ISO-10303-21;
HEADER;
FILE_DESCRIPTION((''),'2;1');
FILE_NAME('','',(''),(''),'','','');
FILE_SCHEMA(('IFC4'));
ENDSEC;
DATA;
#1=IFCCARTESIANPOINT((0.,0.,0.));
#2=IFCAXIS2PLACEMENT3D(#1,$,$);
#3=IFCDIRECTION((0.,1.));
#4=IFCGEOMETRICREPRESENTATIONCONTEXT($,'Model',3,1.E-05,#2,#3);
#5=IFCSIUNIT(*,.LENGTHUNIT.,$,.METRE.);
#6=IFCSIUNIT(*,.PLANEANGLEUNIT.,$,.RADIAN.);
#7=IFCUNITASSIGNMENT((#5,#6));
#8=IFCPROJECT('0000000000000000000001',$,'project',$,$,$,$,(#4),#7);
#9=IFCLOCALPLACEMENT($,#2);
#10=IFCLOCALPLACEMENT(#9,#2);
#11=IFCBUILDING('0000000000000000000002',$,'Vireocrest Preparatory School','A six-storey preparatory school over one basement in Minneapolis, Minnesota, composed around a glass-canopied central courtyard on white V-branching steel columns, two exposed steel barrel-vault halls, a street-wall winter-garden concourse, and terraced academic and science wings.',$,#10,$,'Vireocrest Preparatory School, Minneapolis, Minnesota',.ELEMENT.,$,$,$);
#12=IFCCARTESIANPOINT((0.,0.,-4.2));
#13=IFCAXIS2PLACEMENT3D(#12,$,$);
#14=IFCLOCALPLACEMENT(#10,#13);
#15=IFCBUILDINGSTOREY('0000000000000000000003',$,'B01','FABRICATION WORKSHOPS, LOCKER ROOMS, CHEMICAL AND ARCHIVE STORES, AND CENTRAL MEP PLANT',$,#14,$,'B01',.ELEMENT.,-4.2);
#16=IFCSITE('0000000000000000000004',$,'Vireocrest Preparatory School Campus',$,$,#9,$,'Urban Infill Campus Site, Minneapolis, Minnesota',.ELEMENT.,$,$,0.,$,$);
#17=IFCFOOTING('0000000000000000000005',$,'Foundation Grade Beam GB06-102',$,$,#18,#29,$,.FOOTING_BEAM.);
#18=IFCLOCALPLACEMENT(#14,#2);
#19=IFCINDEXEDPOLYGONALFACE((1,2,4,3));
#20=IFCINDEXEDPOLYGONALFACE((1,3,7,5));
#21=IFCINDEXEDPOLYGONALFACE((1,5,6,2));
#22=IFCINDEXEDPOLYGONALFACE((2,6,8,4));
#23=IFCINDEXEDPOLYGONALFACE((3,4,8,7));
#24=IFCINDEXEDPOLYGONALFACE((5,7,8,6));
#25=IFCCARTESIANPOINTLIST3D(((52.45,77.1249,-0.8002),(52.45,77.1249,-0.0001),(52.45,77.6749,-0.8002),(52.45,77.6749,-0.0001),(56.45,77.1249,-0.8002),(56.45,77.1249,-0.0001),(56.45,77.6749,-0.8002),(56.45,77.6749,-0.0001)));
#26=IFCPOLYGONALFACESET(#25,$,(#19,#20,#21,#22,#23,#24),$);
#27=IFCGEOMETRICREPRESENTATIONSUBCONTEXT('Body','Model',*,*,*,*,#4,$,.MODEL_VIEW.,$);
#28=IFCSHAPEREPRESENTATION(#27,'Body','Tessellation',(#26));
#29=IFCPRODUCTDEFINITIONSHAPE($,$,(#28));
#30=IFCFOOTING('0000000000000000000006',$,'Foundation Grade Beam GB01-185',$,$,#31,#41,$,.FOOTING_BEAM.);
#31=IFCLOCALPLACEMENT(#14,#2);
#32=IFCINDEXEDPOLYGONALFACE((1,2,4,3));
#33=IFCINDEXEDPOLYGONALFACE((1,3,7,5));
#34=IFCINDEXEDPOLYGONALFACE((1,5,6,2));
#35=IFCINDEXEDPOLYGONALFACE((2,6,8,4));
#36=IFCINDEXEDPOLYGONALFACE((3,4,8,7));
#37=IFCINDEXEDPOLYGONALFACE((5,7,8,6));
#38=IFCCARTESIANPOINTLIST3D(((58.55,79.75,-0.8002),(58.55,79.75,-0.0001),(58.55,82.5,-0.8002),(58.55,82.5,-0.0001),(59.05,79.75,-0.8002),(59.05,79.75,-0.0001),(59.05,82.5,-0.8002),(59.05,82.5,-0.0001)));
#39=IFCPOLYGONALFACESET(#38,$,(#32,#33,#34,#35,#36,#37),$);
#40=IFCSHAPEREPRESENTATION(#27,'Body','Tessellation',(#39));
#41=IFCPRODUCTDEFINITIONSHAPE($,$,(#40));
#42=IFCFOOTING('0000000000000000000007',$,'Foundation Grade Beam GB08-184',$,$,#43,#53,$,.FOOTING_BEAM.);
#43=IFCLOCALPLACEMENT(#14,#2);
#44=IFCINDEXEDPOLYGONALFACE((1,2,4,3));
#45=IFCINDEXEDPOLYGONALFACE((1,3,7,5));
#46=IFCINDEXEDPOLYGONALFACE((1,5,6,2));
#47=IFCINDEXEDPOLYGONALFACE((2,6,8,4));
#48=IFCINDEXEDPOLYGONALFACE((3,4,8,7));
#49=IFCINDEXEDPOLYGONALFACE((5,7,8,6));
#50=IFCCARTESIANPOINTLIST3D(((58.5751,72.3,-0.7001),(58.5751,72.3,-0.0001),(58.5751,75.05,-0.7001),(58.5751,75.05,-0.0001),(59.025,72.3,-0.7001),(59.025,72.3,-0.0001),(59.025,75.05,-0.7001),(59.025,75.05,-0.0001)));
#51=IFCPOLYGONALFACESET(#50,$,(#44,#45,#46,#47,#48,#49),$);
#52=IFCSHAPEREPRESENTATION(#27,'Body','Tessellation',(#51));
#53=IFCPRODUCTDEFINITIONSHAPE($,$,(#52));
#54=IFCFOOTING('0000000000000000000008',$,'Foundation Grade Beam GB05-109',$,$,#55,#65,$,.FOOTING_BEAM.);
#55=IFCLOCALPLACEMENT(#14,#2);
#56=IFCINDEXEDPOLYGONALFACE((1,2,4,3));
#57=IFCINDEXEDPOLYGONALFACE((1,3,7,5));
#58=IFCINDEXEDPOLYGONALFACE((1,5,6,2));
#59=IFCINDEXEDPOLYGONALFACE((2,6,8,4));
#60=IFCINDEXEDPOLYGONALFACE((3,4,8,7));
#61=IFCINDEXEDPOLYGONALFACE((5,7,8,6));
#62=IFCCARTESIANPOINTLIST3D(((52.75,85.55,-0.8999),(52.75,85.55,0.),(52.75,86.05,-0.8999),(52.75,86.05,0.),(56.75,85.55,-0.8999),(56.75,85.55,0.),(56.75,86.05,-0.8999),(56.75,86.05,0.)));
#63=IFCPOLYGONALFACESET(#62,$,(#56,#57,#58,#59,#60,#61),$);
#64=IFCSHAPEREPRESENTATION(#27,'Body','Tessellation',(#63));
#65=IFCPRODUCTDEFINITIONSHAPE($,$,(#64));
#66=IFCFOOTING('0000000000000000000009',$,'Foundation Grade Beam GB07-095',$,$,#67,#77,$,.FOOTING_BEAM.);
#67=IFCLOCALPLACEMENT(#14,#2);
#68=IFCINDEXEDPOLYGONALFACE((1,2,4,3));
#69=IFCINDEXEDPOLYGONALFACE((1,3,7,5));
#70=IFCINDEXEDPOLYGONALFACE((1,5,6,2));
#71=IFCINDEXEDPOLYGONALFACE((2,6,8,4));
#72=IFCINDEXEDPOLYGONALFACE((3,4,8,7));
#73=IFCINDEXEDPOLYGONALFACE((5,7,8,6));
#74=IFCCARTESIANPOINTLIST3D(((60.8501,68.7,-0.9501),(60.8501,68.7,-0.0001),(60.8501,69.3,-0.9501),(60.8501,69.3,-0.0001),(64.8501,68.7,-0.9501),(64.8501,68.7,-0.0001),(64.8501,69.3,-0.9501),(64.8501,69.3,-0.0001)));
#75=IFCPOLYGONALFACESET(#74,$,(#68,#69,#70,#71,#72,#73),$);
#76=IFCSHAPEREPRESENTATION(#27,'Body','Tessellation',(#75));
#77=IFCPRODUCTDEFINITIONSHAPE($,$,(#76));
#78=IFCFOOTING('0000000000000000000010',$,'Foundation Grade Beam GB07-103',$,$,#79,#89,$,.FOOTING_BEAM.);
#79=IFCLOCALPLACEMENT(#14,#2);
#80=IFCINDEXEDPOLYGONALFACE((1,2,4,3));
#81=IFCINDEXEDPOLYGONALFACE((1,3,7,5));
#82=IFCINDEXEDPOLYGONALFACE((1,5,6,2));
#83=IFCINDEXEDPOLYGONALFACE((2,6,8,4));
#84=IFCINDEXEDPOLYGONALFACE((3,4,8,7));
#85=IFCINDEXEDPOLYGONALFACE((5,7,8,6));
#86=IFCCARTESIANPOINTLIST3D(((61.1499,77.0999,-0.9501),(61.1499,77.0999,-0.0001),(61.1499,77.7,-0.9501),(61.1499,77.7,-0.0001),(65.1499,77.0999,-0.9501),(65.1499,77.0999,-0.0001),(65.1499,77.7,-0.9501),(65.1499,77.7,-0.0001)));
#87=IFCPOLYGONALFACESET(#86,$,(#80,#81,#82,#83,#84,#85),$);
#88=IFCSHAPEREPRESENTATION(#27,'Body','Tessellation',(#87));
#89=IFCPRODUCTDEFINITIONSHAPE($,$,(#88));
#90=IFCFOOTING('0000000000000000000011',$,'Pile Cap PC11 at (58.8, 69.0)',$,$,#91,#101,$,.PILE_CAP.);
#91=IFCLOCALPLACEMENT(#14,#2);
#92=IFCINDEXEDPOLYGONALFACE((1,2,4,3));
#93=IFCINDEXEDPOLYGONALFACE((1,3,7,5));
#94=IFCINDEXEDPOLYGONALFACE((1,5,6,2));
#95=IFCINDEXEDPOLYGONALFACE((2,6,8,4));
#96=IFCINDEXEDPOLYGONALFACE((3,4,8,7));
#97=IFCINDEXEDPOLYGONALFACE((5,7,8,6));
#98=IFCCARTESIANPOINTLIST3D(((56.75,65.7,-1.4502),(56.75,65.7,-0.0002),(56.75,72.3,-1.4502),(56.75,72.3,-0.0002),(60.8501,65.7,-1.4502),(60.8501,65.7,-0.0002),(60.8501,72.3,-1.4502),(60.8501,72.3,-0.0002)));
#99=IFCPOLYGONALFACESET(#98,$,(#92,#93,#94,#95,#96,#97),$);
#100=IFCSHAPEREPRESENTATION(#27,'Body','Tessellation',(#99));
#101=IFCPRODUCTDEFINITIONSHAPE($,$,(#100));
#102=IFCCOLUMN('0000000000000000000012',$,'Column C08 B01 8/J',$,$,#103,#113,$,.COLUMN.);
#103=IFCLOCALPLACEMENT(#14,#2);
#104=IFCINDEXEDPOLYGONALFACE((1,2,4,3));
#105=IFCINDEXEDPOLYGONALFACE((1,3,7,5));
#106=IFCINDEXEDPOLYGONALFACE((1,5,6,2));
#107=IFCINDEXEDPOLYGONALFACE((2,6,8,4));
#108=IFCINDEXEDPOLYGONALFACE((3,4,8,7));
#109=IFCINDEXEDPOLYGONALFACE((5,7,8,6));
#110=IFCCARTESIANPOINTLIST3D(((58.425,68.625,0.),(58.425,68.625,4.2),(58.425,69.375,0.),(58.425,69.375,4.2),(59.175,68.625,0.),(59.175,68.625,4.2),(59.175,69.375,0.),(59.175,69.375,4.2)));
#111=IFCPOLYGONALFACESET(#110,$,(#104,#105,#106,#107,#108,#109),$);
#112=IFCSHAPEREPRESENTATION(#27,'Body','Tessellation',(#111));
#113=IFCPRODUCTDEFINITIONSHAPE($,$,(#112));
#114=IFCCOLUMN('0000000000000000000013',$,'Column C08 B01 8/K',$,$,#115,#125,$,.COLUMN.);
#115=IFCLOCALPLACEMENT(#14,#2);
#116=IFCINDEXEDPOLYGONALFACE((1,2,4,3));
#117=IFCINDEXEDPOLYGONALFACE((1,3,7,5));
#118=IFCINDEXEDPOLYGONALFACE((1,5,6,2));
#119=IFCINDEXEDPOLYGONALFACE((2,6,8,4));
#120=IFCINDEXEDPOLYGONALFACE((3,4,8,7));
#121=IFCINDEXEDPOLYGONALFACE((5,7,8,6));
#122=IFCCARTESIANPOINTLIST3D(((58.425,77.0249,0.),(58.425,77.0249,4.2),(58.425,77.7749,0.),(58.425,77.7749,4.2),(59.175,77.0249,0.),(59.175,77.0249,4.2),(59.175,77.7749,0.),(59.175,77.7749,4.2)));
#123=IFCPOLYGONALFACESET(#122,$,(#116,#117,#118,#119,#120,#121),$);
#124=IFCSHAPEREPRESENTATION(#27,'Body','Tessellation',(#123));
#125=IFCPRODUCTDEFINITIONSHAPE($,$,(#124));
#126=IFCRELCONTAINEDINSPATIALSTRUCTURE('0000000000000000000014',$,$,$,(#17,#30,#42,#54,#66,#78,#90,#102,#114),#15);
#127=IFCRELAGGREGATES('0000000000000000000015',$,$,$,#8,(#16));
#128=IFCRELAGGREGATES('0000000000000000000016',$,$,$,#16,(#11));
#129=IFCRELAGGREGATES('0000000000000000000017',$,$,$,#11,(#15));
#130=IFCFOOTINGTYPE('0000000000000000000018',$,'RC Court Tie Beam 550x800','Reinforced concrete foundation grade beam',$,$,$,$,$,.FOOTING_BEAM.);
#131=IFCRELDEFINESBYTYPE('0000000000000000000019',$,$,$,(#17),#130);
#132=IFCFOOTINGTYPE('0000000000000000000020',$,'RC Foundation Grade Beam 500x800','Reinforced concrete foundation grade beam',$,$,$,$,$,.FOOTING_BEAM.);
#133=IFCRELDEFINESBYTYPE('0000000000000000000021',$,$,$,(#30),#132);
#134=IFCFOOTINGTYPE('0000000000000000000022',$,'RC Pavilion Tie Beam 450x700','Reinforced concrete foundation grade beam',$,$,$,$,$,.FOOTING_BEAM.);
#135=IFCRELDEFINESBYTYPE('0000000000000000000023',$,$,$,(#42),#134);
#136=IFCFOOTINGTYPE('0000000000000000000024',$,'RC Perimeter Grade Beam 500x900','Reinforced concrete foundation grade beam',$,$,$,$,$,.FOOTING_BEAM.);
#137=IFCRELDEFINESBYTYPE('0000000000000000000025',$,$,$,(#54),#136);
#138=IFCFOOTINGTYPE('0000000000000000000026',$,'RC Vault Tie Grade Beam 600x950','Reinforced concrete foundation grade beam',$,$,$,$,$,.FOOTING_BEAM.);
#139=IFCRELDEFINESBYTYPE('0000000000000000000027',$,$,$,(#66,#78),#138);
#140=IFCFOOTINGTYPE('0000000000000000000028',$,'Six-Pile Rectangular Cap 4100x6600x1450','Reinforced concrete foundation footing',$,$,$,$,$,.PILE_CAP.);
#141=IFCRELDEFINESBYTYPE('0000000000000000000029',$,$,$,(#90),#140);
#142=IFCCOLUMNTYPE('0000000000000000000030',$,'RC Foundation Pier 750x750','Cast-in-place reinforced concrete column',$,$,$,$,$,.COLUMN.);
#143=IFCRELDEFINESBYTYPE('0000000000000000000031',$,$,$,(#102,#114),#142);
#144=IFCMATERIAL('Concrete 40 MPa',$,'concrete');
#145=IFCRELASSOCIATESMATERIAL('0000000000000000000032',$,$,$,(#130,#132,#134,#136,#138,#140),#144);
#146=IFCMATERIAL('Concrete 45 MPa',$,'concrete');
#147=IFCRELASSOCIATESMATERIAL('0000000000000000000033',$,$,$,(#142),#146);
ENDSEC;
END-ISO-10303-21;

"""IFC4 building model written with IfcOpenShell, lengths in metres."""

from ifc_helpers import new_model, si_unit, direction, frame, origin, origin_2d, place, context, subcontext, project, spatial, rectangle, extrude, material, material_profile, profile_set, type_object, element, save


model = new_model("IFC4")

# Units and contexts
model_context = context("Model", 3, precision=1e-05, world=origin(), true_north=direction((0.0, 1.0)))
body_context = subcontext(model_context, "Body", "Model", "MODEL_VIEW")
ifc_project = project(units=[si_unit("LENGTHUNIT", "METRE"), si_unit("PLANEANGLEUNIT", "RADIAN")], contexts=[model_context])

# Site, building, storey
site_placement = place(None, origin())
site = spatial("IfcSite", under=ifc_project, at=site_placement, Name="Vireocrest Preparatory School Campus", LongName="Urban Infill Campus Site, Minneapolis, Minnesota", CompositionType="ELEMENT", RefElevation=0.0)
building_placement = place(site_placement, origin())
building = spatial("IfcBuilding", under=site, at=building_placement, Name="Vireocrest Preparatory School", Description="A six-storey preparatory school over one basement in Minneapolis, Minnesota, composed around a glass-canopied central courtyard on white V-branching steel columns, two exposed steel barrel-vault halls, a street-wall winter-garden concourse, and terraced academic and science wings.", LongName="Vireocrest Preparatory School, Minneapolis, Minnesota", CompositionType="ELEMENT")
storey_placement = place(building_placement, frame((0.0, 0.0, -4.2)))
storey = spatial("IfcBuildingStorey", under=building, at=storey_placement, Name="B01", Description="FABRICATION WORKSHOPS, LOCKER ROOMS, CHEMICAL AND ARCHIVE STORES, AND CENTRAL MEP PLANT", LongName="B01", CompositionType="ELEMENT", Elevation=-4.2)

# Shared definitions
ifc_material_1 = material(Name="Concrete 40 MPa", Category="concrete")

# Footings
ifc_material_profile_1 = material_profile(ifc_material_1, rectangle(XDim=0.55, YDim=0.8, at=origin_2d()), Name="GB 550x800")
ifc_profile_set_1 = profile_set([ifc_material_profile_1], Name="Concrete 40 MPa")
footing_type_1 = type_object("IfcFootingType", Name="RC Court Tie Beam 550x800", Description="Reinforced concrete foundation grade beam", PredefinedType="FOOTING_BEAM", material=ifc_profile_set_1)
for number, where, z_axis, x_axis, name in (
    (1, (52.45, 77.3999, -0.4001), (1.0, 0.0, 0.0), (0.0, 1.0, 0.0), "Foundation Grade Beam GB06-102"),
):
    element("IfcFooting", number, at=place(storey_placement, frame(where, z_axis=z_axis, x_axis=x_axis)), inside=storey, type_object=footing_type_1, Name=name, PredefinedType="FOOTING_BEAM", context=body_context, shape_type="SweptSolid", body=[
        extrude(rectangle(XDim=0.55, YDim=0.8, at=origin_2d()), origin(), (0.0, 0.0, 1.0), 4.0),
    ])
ifc_material_profile_2 = material_profile(ifc_material_1, rectangle(XDim=0.5, YDim=0.8, at=origin_2d()), Name="GB 500x800")
ifc_profile_set_2 = profile_set([ifc_material_profile_2], Name="Concrete 40 MPa")
footing_type_2 = type_object("IfcFootingType", Name="RC Foundation Grade Beam 500x800", Description="Reinforced concrete foundation grade beam", PredefinedType="FOOTING_BEAM", material=ifc_profile_set_2)
footing_1_placement = place(storey_placement, frame((58.8, 79.75, -0.4001), z_axis=(0.0, 1.0, 0.0), x_axis=(-1.0, 0.0, 0.0)))
element("IfcFooting", 2, at=footing_1_placement, inside=storey, type_object=footing_type_2, Name="Foundation Grade Beam GB01-185", PredefinedType="FOOTING_BEAM", context=body_context, shape_type="SweptSolid", body=[
    extrude(rectangle(XDim=0.5, YDim=0.8, at=origin_2d()), origin(), (0.0, 0.0, 1.0), 2.75),
])
ifc_material_profile_3 = material_profile(ifc_material_1, rectangle(XDim=0.45, YDim=0.7, at=origin_2d()), Name="GB 450x700")
ifc_profile_set_3 = profile_set([ifc_material_profile_3], Name="Concrete 40 MPa")
footing_type_3 = type_object("IfcFootingType", Name="RC Pavilion Tie Beam 450x700", Description="Reinforced concrete foundation grade beam", PredefinedType="FOOTING_BEAM", material=ifc_profile_set_3)
footing_2_placement = place(storey_placement, frame((58.8, 72.3, -0.3501), z_axis=(0.0, 1.0, 0.0), x_axis=(-1.0, 0.0, 0.0)))
element("IfcFooting", 3, at=footing_2_placement, inside=storey, type_object=footing_type_3, Name="Foundation Grade Beam GB08-184", PredefinedType="FOOTING_BEAM", context=body_context, shape_type="SweptSolid", body=[
    extrude(rectangle(XDim=0.45, YDim=0.7, at=origin_2d()), origin(), (0.0, 0.0, 1.0), 2.75),
])
ifc_material_profile_4 = material_profile(ifc_material_1, rectangle(XDim=0.5, YDim=0.8999, at=origin_2d()), Name="GB 500x900")
ifc_profile_set_4 = profile_set([ifc_material_profile_4], Name="Concrete 40 MPa")
footing_type_4 = type_object("IfcFootingType", Name="RC Perimeter Grade Beam 500x900", Description="Reinforced concrete foundation grade beam", PredefinedType="FOOTING_BEAM", material=ifc_profile_set_4)
footing_3_placement = place(storey_placement, frame((52.75, 85.8, -0.45), z_axis=(1.0, 0.0, 0.0), x_axis=(0.0, 1.0, 0.0)))
element("IfcFooting", 4, at=footing_3_placement, inside=storey, type_object=footing_type_4, Name="Foundation Grade Beam GB05-109", PredefinedType="FOOTING_BEAM", context=body_context, shape_type="SweptSolid", body=[
    extrude(rectangle(XDim=0.5, YDim=0.8999, at=origin_2d()), origin(), (0.0, 0.0, 1.0), 4.0),
])
ifc_material_profile_5 = material_profile(ifc_material_1, rectangle(XDim=0.6001, YDim=0.95, at=origin_2d()), Name="GB 600x950")
ifc_profile_set_5 = profile_set([ifc_material_profile_5], Name="Concrete 40 MPa")
footing_type_5 = type_object("IfcFootingType", Name="RC Vault Tie Grade Beam 600x950", Description="Reinforced concrete foundation grade beam", PredefinedType="FOOTING_BEAM", material=ifc_profile_set_5)
for number, where, z_axis, x_axis, name in (
    (5, (60.8501, 69.0, -0.4751), (1.0, 0.0, 0.0), (0.0, 1.0, 0.0), "Foundation Grade Beam GB07-095"),
    (6, (61.1499, 77.3999, -0.4751), (1.0, 0.0, 0.0), (0.0, 1.0, 0.0), "Foundation Grade Beam GB07-103"),
):
    element("IfcFooting", number, at=place(storey_placement, frame(where, z_axis=z_axis, x_axis=x_axis)), inside=storey, type_object=footing_type_5, Name=name, PredefinedType="FOOTING_BEAM", context=body_context, shape_type="SweptSolid", body=[
        extrude(rectangle(XDim=0.6001, YDim=0.95, at=origin_2d()), origin(), (0.0, 0.0, 1.0), 4.0),
    ])
footing_type_6 = type_object("IfcFootingType", Name="Six-Pile Rectangular Cap 4100x6600x1450", Description="Reinforced concrete foundation footing", PredefinedType="PILE_CAP", material=ifc_material_1)
footing_4_placement = place(storey_placement, frame((58.8, 69.0, -1.4502), z_axis=(0.0, 0.0, 1.0), x_axis=(1.0, 0.0, 0.0)))
element("IfcFooting", 7, at=footing_4_placement, inside=storey, type_object=footing_type_6, Name="Pile Cap PC11 at (58.8, 69.0)", PredefinedType="PILE_CAP", context=body_context, shape_type="SweptSolid", body=[
    extrude(rectangle(XDim=4.1001, YDim=6.6001, at=origin_2d()), origin(), (0.0, 0.0, 1.0), 1.45),
])

# Columns
ifc_material_2 = material(Name="Concrete 45 MPa", Category="concrete")
ifc_material_profile_6 = material_profile(ifc_material_2, rectangle(XDim=0.75, YDim=0.75, at=origin_2d()), Name="RC 750x750")
ifc_profile_set_6 = profile_set([ifc_material_profile_6], Name="Concrete 45 MPa")
column_type = type_object("IfcColumnType", Name="RC Foundation Pier 750x750", Description="Cast-in-place reinforced concrete column", PredefinedType="COLUMN", material=ifc_profile_set_6)
for number, where, z_axis, x_axis, name in (
    (8, (58.8, 69.0, 0.0), (0.0, 0.0, 1.0), (1.0, 0.0, 0.0), "Column C08 B01 8/J"),
    (9, (58.8, 77.3999, 0.0), (0.0, 0.0, 1.0), (1.0, 0.0, 0.0), "Column C08 B01 8/K"),
):
    element("IfcColumn", number, at=place(storey_placement, frame(where, z_axis=z_axis, x_axis=x_axis)), inside=storey, type_object=column_type, Name=name, PredefinedType="COLUMN", context=body_context, shape_type="SweptSolid", body=[
        extrude(rectangle(XDim=0.75, YDim=0.75, at=origin_2d()), origin(), (0.0, 0.0, 1.0), 4.2),
    ])

save(model, "model.ifc")
